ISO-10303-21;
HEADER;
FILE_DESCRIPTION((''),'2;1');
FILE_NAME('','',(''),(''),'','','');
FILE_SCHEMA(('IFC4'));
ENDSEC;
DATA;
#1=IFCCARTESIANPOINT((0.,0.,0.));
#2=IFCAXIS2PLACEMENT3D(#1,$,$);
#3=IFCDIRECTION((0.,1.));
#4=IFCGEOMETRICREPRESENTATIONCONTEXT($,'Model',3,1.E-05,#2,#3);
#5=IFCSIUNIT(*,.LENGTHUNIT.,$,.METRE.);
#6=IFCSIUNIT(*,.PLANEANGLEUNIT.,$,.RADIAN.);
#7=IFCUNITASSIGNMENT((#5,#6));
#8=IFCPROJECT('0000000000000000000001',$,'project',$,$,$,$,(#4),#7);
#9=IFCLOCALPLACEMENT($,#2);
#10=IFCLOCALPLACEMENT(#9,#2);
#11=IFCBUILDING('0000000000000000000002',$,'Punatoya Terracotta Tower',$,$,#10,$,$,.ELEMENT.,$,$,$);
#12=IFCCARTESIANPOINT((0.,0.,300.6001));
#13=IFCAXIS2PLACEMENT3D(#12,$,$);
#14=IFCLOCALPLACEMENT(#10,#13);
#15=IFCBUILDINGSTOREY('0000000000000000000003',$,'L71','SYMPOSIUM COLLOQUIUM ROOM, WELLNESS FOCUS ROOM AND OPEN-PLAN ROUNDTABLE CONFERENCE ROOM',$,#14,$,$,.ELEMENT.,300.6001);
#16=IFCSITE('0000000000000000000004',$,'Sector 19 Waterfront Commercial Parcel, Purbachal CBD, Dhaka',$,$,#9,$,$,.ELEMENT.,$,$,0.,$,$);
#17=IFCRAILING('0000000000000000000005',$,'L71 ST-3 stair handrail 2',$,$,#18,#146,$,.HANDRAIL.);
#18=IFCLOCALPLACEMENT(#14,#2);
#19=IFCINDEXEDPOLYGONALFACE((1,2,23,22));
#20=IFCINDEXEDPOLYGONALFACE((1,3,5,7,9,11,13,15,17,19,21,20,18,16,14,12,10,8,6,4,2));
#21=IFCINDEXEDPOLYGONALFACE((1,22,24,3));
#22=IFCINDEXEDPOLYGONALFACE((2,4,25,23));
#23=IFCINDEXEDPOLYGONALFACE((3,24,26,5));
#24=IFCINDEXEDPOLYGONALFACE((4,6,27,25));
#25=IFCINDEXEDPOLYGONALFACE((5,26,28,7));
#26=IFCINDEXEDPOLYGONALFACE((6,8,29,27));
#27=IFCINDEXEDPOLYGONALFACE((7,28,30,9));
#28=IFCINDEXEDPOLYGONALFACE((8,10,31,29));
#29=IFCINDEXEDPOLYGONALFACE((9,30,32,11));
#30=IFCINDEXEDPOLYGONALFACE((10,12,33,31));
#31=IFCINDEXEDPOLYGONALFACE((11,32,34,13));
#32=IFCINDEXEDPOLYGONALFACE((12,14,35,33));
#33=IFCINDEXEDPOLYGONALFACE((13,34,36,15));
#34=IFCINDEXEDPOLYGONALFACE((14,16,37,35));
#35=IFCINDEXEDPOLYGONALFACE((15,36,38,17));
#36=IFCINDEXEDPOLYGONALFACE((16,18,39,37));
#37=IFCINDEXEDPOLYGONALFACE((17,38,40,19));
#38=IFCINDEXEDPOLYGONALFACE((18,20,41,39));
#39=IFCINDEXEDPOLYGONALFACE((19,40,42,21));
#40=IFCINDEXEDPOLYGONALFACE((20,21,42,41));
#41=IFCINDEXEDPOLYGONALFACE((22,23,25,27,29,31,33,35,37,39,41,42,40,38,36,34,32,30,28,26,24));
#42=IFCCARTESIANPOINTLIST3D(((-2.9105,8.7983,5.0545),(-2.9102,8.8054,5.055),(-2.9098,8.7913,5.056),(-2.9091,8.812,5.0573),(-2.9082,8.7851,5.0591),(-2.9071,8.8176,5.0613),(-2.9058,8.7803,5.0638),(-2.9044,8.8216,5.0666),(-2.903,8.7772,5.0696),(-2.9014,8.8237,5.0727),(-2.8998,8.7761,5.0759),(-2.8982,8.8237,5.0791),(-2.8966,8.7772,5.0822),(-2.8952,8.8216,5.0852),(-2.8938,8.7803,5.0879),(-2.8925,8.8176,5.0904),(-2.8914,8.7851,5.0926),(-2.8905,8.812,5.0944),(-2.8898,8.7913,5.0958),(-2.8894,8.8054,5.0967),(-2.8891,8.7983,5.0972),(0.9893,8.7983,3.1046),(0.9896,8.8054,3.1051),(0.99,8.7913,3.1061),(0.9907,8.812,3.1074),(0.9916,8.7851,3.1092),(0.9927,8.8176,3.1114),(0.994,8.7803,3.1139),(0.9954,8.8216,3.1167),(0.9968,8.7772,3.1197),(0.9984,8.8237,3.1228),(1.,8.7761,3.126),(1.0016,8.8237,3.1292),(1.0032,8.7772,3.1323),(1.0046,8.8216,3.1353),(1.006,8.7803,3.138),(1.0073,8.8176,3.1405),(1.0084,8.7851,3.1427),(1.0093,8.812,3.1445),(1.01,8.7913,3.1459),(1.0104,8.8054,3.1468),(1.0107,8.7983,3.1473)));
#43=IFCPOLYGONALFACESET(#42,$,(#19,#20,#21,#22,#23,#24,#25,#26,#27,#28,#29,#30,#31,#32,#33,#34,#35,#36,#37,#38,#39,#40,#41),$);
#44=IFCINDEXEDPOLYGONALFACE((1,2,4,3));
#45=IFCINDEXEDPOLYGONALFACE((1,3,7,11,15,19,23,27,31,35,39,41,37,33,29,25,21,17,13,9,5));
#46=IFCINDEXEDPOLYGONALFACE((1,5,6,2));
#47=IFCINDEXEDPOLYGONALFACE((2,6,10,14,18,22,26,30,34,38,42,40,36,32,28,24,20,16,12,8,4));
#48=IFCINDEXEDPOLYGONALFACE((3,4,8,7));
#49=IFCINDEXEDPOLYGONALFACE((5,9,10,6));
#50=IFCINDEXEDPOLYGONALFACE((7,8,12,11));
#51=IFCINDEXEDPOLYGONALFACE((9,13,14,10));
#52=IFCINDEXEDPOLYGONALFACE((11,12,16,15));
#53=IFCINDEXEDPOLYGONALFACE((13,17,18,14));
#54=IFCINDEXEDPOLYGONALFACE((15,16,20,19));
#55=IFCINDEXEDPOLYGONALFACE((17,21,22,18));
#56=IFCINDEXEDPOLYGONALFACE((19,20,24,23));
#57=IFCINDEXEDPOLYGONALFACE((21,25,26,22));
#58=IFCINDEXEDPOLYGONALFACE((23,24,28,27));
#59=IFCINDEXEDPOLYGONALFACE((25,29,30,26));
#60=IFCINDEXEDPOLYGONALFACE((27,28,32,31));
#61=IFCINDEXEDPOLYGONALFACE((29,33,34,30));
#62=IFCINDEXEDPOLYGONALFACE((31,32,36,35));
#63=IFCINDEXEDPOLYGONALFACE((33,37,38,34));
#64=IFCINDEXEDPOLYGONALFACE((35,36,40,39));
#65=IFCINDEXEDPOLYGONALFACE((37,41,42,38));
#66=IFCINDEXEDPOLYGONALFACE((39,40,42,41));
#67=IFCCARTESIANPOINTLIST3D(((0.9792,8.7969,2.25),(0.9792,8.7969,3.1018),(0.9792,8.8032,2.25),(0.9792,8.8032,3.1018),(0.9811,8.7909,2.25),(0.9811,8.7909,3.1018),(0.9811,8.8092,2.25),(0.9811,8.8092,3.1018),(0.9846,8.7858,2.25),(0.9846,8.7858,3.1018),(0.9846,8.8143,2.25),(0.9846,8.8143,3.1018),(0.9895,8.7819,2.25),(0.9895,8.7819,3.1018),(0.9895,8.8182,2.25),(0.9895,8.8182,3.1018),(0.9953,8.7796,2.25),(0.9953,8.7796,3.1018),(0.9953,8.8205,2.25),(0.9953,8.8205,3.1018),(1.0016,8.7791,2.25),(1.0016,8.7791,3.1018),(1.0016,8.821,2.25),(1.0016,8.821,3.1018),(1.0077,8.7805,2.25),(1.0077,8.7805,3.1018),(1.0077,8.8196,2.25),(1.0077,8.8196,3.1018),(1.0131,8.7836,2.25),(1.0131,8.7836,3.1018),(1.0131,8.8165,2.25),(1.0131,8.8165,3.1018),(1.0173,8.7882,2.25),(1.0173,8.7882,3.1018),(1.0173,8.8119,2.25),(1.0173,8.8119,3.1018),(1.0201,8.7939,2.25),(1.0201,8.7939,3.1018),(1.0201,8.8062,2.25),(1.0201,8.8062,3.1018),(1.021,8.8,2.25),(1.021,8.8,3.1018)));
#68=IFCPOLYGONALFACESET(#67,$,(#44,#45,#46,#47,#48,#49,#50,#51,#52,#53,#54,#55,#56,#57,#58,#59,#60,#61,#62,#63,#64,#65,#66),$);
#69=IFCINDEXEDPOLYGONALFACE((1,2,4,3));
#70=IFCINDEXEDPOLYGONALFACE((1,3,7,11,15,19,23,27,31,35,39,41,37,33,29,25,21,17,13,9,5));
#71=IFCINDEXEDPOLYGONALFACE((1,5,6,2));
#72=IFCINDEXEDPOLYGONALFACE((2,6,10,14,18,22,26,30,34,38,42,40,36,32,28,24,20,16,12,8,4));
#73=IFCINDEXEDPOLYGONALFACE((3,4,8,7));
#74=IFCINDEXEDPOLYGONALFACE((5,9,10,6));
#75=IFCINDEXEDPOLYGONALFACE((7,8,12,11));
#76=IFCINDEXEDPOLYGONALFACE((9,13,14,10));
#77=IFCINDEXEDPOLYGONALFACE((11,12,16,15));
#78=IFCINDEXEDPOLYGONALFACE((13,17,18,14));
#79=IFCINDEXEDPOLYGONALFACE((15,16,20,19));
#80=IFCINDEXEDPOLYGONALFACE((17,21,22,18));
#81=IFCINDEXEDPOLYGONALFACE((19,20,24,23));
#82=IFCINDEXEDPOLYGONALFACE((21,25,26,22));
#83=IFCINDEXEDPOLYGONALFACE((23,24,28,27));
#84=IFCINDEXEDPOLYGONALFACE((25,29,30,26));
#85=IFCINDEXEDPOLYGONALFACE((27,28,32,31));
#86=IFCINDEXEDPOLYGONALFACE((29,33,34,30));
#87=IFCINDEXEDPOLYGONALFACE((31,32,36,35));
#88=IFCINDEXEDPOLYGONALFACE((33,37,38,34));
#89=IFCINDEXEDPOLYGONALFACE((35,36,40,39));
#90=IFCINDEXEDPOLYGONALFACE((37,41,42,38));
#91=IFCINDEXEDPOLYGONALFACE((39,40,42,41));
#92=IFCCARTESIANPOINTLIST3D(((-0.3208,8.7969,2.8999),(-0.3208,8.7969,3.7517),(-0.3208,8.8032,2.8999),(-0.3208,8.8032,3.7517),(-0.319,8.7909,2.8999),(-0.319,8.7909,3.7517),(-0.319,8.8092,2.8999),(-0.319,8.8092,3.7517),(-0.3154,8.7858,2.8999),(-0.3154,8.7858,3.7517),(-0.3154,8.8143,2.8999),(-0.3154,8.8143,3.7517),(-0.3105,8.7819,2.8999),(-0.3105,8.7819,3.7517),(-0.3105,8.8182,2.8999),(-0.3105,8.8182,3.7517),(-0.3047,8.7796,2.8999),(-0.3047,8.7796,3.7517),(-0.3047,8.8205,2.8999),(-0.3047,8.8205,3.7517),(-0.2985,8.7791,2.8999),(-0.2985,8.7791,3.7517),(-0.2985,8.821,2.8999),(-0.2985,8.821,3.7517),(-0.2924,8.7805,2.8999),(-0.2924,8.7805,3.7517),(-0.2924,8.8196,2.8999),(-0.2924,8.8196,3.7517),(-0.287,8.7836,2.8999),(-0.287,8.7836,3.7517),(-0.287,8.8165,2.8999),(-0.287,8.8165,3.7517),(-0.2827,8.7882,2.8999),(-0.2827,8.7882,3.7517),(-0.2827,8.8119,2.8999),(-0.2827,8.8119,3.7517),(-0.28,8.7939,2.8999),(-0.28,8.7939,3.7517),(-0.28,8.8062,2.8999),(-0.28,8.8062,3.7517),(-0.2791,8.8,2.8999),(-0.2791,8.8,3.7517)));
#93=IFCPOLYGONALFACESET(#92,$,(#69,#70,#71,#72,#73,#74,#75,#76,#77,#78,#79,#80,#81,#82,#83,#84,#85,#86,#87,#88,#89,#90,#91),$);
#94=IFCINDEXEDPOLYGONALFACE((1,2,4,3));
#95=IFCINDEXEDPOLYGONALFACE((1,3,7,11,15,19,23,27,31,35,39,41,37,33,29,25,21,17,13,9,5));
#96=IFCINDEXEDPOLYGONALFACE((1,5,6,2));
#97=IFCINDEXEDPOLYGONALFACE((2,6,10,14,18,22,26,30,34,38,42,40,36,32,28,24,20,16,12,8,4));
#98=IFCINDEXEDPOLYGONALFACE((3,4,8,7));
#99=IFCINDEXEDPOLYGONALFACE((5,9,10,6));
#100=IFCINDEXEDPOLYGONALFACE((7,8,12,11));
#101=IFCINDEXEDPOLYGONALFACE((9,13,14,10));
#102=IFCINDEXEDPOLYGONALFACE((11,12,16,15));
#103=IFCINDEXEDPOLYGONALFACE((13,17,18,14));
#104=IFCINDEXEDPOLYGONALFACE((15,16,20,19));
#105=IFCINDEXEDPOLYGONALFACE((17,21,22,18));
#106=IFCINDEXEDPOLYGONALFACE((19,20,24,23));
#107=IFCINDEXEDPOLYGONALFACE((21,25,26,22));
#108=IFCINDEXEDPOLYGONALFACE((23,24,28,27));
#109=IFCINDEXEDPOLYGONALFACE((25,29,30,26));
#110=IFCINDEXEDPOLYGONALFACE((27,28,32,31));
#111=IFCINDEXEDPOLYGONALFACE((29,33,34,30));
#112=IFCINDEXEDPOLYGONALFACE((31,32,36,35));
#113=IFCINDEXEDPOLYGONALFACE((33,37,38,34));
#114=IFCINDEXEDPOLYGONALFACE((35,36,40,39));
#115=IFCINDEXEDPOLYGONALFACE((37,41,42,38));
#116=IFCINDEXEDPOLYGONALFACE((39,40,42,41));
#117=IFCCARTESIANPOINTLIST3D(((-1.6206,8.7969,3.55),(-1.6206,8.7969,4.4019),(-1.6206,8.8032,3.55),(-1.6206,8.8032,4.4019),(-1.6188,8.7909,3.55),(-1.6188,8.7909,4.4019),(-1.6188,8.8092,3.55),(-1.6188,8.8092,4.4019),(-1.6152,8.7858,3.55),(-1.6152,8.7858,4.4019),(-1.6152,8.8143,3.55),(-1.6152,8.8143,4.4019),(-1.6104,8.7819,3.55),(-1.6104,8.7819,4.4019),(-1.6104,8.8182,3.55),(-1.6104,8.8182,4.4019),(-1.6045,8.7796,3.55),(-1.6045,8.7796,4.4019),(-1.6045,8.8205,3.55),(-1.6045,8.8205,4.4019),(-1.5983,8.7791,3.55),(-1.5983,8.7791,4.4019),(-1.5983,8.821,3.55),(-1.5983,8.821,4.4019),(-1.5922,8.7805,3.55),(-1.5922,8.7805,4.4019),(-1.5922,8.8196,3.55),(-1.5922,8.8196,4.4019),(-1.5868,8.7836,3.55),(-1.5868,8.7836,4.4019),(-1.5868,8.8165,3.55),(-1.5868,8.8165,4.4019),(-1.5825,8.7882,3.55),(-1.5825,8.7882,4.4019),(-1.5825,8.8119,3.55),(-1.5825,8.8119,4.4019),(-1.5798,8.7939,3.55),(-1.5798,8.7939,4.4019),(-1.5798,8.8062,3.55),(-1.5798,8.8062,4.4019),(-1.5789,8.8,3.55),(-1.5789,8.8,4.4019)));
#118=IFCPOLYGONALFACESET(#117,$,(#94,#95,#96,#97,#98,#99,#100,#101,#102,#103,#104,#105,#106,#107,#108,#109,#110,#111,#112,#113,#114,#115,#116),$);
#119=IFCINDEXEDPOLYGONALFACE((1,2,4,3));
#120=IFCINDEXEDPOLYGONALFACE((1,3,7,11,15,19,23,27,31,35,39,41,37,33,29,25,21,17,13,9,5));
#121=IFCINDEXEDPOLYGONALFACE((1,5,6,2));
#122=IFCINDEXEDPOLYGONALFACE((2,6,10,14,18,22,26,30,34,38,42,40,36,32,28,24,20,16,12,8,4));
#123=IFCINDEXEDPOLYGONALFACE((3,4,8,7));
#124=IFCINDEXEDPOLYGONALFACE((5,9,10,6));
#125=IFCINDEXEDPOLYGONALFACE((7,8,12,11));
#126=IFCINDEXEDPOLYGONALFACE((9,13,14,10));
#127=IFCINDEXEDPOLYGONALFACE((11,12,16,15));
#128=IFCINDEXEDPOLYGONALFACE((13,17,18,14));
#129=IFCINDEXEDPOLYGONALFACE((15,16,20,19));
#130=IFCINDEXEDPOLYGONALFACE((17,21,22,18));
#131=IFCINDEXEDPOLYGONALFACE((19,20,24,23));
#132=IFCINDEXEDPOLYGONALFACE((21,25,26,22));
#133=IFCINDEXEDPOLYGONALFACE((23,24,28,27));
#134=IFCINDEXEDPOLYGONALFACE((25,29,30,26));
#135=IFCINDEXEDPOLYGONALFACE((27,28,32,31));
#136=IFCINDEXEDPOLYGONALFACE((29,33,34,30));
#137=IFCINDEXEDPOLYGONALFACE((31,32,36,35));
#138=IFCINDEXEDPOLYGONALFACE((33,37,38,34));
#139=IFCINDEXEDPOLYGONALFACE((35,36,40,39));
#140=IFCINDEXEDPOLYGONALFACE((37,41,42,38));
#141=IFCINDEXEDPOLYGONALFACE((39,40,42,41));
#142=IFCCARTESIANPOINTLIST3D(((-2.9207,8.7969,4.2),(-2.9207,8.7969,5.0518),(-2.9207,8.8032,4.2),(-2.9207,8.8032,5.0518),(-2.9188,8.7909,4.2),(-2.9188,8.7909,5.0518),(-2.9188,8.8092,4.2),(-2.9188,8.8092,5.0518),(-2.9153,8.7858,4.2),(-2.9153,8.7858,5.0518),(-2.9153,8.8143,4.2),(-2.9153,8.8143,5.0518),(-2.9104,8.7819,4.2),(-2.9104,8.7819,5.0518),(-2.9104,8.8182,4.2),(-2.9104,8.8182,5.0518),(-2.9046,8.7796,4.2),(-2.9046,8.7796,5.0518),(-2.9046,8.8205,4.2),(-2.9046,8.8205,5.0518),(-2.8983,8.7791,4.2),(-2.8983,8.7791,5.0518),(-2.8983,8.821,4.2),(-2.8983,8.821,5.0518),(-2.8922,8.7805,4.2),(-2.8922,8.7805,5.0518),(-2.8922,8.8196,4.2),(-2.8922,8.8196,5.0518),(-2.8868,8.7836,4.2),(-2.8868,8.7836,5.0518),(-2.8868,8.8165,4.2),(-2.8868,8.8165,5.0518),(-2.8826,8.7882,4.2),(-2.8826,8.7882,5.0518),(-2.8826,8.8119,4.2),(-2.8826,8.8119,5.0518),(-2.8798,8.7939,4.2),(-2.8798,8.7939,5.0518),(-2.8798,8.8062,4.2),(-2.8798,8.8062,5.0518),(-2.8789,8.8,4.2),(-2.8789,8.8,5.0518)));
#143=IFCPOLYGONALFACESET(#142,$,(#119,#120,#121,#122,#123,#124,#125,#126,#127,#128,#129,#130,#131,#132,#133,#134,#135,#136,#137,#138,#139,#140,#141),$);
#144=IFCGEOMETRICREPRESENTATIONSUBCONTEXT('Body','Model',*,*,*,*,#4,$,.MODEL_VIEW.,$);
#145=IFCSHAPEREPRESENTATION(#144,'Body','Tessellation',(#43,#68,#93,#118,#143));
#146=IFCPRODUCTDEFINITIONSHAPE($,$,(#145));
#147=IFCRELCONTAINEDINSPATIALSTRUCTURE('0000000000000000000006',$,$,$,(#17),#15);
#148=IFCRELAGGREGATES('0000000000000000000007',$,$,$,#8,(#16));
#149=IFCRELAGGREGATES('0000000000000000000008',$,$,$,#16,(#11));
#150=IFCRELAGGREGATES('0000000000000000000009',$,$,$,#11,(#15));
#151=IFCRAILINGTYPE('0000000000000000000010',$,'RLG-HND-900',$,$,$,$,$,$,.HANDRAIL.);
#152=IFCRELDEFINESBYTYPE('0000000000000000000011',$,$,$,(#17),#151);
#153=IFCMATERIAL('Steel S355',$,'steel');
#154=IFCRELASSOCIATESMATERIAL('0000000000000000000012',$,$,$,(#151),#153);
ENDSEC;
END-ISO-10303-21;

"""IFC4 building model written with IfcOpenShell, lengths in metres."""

from ifc_helpers import new_model, si_unit, direction, frame, origin, origin_2d, place, context, subcontext, project, spatial, circle, extrude, material, type_object, element, save


model = new_model("IFC4")

# Units and contexts
model_context = context("Model", 3, precision=1e-05, world=origin(), true_north=direction((0.0, 1.0)))
body_context = subcontext(model_context, "Body", "Model", "MODEL_VIEW")
ifc_project = project(units=[si_unit("LENGTHUNIT", "METRE"), si_unit("PLANEANGLEUNIT", "RADIAN")], contexts=[model_context])

# Site, building, storey
site_placement = place(None, origin())
site = spatial("IfcSite", under=ifc_project, at=site_placement, Name="Sector 19 Waterfront Commercial Parcel, Purbachal CBD, Dhaka", CompositionType="ELEMENT", RefElevation=0.0)
building_placement = place(site_placement, origin())
building = spatial("IfcBuilding", under=site, at=building_placement, Name="Punatoya Terracotta Tower", CompositionType="ELEMENT")
storey_placement = place(building_placement, frame((0.0, 0.0, 300.6001)))
storey = spatial("IfcBuildingStorey", under=building, at=storey_placement, Name="L71", Description="SYMPOSIUM COLLOQUIUM ROOM, WELLNESS FOCUS ROOM AND OPEN-PLAN ROUNDTABLE CONFERENCE ROOM", CompositionType="ELEMENT", Elevation=300.6001)

# Shared definitions
ifc_material_1 = material(Name="Steel S355", Category="steel")

# Railing
railing_type_1 = type_object("IfcRailingType", Name="RLG-HND-900", PredefinedType="HANDRAIL", material=ifc_material_1)
railing_1_placement = place(storey_placement, frame((1.0, 8.8, 2.25)))
element("IfcRailing", 1, at=railing_1_placement, inside=storey, type_object=railing_type_1, Name="L71 ST-3 stair handrail 2", PredefinedType="HANDRAIL", context=body_context, shape_type="SweptSolid", body=[
    extrude(circle(Radius=0.0239, at=origin_2d()), frame((0.0, 0.0, 0.876), z_axis=(-0.894427, 0.0, 0.447214), x_axis=(0.0, -1.0, 0.0)), (0.0, 0.0, 1.0), 4.3601),
    extrude(circle(Radius=0.021, at=origin_2d()), origin(), (0.0, 0.0, 1.0), 0.8518),
    extrude(circle(Radius=0.021, at=origin_2d()), frame((-1.3, 0.0, 0.6499)), (0.0, 0.0, 1.0), 0.8518),
    extrude(circle(Radius=0.021, at=origin_2d()), frame((-2.5999, 0.0, 1.3)), (0.0, 0.0, 1.0), 0.8518),
    extrude(circle(Radius=0.021, at=origin_2d()), frame((-3.8999, 0.0, 1.95)), (0.0, 0.0, 1.0), 0.8518),
])

save(model, "model.ifc")
